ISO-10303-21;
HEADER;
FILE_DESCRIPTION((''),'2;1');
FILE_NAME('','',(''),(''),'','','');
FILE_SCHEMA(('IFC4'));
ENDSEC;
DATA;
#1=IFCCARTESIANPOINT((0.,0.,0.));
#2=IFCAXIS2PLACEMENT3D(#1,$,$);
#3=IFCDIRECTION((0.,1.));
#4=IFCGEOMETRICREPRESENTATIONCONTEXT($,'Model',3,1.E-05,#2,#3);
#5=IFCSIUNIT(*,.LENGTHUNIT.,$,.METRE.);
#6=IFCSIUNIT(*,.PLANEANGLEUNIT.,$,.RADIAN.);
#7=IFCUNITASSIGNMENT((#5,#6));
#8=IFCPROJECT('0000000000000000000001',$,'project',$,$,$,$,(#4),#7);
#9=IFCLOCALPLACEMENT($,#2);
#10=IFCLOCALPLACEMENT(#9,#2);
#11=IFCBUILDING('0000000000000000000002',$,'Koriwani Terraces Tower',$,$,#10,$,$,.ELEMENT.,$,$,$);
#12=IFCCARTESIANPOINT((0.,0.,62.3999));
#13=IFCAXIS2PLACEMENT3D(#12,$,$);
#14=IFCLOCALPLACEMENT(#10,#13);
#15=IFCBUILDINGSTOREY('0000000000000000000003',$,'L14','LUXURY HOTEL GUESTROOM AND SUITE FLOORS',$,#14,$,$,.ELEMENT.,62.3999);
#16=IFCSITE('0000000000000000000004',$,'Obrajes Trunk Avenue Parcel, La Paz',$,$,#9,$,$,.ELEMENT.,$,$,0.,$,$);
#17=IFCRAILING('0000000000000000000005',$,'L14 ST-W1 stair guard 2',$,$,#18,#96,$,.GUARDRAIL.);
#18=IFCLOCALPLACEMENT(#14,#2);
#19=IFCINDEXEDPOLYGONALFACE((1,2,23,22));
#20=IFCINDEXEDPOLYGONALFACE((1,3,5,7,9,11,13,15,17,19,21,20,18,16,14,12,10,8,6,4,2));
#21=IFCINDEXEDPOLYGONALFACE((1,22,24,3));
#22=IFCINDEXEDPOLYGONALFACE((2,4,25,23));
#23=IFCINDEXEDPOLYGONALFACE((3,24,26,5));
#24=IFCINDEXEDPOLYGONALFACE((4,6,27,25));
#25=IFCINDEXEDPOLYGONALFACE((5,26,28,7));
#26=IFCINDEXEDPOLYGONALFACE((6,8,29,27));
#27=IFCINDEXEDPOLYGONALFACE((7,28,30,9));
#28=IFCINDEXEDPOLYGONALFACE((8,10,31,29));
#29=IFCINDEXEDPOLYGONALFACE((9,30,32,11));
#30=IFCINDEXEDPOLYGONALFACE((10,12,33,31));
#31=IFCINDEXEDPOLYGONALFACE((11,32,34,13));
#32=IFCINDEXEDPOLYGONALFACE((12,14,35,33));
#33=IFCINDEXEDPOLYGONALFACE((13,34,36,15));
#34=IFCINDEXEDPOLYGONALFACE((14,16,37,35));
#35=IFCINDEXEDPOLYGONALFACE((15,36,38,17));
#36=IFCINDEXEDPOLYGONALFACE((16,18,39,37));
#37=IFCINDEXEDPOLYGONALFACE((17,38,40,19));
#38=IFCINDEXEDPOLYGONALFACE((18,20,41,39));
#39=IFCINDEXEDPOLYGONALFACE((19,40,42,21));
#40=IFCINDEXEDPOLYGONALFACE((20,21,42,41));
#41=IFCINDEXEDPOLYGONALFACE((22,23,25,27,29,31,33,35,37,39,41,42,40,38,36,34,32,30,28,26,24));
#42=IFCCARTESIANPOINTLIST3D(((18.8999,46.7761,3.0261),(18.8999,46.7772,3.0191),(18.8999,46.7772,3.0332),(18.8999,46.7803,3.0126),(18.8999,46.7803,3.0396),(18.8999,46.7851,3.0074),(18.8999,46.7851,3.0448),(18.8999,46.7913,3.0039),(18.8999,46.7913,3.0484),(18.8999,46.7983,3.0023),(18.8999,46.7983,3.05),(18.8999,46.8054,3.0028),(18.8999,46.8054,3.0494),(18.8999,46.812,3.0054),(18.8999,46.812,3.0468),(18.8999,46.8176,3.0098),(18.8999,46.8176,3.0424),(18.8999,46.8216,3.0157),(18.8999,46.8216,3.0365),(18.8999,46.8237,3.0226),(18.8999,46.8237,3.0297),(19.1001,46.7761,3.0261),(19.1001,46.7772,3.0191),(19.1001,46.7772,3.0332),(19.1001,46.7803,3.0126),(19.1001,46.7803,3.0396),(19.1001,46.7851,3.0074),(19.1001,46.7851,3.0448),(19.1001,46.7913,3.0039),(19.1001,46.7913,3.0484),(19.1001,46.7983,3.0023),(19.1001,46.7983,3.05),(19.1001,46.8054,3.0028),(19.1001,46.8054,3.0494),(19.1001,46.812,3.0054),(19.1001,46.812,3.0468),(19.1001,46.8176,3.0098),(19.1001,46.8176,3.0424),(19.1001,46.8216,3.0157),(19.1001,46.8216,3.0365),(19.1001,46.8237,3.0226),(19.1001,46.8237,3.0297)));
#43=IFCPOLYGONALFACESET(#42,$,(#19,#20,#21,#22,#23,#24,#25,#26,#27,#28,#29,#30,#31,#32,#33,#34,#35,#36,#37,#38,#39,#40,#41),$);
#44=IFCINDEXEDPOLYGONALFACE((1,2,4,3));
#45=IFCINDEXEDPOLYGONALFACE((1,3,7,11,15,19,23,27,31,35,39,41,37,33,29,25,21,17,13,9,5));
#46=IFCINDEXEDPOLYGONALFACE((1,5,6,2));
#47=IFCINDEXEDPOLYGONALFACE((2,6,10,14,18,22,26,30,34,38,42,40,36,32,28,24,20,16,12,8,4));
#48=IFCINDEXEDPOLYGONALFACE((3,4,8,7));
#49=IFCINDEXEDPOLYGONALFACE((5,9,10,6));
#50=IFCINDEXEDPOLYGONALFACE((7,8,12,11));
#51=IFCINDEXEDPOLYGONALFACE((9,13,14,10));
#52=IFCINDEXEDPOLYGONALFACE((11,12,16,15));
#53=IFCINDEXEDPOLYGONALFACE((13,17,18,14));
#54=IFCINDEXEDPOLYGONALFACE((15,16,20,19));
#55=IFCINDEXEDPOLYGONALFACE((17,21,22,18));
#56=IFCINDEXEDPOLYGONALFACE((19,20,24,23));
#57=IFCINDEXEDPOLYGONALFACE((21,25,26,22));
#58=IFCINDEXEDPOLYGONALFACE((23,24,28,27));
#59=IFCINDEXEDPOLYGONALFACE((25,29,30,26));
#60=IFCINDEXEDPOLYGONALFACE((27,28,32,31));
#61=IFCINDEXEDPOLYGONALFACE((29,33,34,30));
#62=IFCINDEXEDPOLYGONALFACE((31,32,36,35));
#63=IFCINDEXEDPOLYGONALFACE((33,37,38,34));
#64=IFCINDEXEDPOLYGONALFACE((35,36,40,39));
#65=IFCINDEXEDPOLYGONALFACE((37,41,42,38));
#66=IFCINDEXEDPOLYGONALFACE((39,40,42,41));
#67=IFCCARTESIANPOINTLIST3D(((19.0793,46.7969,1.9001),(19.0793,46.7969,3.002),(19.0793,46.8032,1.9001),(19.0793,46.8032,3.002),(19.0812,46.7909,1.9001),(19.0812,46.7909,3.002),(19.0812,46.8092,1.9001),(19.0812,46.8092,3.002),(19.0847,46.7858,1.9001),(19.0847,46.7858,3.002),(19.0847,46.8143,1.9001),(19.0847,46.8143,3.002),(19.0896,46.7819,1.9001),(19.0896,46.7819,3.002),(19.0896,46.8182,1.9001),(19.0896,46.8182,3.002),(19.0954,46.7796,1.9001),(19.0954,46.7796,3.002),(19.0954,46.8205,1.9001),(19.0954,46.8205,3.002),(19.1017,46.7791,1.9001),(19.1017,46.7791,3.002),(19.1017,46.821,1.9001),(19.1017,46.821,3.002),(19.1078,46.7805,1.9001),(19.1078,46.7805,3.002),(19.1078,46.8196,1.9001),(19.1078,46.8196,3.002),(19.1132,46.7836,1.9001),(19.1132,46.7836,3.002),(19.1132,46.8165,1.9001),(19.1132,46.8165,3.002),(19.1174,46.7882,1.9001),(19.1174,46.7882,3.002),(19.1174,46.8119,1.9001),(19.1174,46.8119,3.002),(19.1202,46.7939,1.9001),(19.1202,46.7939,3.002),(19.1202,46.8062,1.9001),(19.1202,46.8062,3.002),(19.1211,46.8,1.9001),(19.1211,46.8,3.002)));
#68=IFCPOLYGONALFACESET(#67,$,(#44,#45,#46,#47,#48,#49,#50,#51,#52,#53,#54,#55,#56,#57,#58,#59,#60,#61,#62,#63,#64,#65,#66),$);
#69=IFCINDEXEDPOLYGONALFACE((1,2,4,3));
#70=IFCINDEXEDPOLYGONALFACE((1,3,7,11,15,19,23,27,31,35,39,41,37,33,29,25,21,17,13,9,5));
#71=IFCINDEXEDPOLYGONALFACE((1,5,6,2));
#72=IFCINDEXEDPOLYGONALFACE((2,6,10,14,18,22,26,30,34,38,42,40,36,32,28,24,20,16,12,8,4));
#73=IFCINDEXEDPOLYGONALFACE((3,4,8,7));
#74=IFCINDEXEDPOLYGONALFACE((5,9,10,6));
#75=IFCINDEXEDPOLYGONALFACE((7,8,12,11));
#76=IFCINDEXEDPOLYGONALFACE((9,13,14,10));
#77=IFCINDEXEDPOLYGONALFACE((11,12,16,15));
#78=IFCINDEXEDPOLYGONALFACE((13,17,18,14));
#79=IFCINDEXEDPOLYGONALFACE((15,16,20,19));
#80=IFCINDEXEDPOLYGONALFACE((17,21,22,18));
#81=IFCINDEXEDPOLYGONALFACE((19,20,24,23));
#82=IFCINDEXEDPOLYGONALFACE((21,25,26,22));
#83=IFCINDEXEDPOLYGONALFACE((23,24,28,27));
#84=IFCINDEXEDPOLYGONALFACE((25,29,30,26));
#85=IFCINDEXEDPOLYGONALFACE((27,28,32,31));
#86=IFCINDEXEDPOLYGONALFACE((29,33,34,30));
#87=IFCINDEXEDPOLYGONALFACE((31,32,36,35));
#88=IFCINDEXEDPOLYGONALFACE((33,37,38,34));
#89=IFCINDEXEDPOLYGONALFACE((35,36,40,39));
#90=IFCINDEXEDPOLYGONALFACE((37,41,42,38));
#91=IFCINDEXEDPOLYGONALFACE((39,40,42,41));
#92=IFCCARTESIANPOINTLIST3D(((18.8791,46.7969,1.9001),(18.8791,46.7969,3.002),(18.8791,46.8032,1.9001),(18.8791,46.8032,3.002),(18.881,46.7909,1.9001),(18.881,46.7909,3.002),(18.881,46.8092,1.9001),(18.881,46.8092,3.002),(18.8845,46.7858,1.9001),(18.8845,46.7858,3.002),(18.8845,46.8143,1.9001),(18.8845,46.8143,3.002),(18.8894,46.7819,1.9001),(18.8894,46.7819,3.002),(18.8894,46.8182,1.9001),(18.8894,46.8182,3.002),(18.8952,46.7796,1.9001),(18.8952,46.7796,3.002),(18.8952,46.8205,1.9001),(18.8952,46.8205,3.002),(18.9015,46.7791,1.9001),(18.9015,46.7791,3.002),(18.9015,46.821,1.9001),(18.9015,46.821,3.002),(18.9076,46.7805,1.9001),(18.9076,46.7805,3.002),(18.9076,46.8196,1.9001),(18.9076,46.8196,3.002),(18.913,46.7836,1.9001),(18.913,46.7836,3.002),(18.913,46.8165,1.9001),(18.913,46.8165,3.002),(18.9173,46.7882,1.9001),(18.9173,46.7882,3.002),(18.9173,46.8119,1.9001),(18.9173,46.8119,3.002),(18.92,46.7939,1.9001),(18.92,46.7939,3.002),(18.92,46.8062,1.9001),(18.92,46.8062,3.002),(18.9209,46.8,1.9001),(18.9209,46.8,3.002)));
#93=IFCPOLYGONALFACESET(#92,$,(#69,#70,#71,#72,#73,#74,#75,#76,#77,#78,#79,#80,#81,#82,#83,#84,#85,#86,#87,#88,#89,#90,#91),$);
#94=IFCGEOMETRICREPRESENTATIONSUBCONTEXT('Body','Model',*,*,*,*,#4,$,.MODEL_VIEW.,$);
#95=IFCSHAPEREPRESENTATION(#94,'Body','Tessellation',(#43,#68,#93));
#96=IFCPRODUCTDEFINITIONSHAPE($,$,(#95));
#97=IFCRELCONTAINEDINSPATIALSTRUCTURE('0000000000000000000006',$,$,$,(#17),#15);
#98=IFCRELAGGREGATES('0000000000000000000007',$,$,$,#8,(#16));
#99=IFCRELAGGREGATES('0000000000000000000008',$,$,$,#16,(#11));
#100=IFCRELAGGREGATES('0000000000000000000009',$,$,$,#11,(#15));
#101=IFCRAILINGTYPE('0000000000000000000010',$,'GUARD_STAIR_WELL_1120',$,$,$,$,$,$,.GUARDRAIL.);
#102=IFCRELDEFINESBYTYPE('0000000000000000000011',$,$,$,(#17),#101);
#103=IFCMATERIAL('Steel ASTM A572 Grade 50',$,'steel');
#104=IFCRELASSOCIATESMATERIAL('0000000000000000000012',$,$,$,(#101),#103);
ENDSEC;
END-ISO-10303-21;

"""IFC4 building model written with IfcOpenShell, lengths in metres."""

from ifc_helpers import new_model, si_unit, direction, frame, origin, origin_2d, place, context, subcontext, project, spatial, circle, extrude, material, type_object, element, save


model = new_model("IFC4")

# Units and contexts
model_context = context("Model", 3, precision=1e-05, world=origin(), true_north=direction((0.0, 1.0)))
body_context = subcontext(model_context, "Body", "Model", "MODEL_VIEW")
ifc_project = project(units=[si_unit("LENGTHUNIT", "METRE"), si_unit("PLANEANGLEUNIT", "RADIAN")], contexts=[model_context])

# Site, building, storey
site_placement = place(None, origin())
site = spatial("IfcSite", under=ifc_project, at=site_placement, Name="Obrajes Trunk Avenue Parcel, La Paz", CompositionType="ELEMENT", RefElevation=0.0)
building_placement = place(site_placement, origin())
building = spatial("IfcBuilding", under=site, at=building_placement, Name="Koriwani Terraces Tower", CompositionType="ELEMENT")
storey_placement = place(building_placement, frame((0.0, 0.0, 62.3999)))
storey = spatial("IfcBuildingStorey", under=building, at=storey_placement, Name="L14", Description="LUXURY HOTEL GUESTROOM AND SUITE FLOORS", CompositionType="ELEMENT", Elevation=62.3999)

# Shared definitions
ifc_material_1 = material(Name="Steel ASTM A572 Grade 50", Category="steel")

# Railing
railing_type = type_object("IfcRailingType", Name="GUARD_STAIR_WELL_1120", PredefinedType="GUARDRAIL", material=ifc_material_1)
railing_1_placement = place(storey_placement, frame((19.1001, 46.8, 1.9001)))
element("IfcRailing", 1, at=railing_1_placement, inside=storey, type_object=railing_type, Name="L14 ST-W1 stair guard 2", PredefinedType="GUARDRAIL", context=body_context, shape_type="SweptSolid", body=[
    extrude(circle(Radius=0.0239, at=origin_2d()), frame((0.0, 0.0, 1.126), z_axis=(-1.0, 0.0, 0.0), x_axis=(0.0, -1.0, 0.0)), (0.0, 0.0, 1.0), 0.2002),
    extrude(circle(Radius=0.021, at=origin_2d()), origin(), (0.0, 0.0, 1.0), 1.1018),
    extrude(circle(Radius=0.021, at=origin_2d()), frame((-0.2002, 0.0, 0.0)), (0.0, 0.0, 1.0), 1.1018),
])

save(model, "model.ifc")
